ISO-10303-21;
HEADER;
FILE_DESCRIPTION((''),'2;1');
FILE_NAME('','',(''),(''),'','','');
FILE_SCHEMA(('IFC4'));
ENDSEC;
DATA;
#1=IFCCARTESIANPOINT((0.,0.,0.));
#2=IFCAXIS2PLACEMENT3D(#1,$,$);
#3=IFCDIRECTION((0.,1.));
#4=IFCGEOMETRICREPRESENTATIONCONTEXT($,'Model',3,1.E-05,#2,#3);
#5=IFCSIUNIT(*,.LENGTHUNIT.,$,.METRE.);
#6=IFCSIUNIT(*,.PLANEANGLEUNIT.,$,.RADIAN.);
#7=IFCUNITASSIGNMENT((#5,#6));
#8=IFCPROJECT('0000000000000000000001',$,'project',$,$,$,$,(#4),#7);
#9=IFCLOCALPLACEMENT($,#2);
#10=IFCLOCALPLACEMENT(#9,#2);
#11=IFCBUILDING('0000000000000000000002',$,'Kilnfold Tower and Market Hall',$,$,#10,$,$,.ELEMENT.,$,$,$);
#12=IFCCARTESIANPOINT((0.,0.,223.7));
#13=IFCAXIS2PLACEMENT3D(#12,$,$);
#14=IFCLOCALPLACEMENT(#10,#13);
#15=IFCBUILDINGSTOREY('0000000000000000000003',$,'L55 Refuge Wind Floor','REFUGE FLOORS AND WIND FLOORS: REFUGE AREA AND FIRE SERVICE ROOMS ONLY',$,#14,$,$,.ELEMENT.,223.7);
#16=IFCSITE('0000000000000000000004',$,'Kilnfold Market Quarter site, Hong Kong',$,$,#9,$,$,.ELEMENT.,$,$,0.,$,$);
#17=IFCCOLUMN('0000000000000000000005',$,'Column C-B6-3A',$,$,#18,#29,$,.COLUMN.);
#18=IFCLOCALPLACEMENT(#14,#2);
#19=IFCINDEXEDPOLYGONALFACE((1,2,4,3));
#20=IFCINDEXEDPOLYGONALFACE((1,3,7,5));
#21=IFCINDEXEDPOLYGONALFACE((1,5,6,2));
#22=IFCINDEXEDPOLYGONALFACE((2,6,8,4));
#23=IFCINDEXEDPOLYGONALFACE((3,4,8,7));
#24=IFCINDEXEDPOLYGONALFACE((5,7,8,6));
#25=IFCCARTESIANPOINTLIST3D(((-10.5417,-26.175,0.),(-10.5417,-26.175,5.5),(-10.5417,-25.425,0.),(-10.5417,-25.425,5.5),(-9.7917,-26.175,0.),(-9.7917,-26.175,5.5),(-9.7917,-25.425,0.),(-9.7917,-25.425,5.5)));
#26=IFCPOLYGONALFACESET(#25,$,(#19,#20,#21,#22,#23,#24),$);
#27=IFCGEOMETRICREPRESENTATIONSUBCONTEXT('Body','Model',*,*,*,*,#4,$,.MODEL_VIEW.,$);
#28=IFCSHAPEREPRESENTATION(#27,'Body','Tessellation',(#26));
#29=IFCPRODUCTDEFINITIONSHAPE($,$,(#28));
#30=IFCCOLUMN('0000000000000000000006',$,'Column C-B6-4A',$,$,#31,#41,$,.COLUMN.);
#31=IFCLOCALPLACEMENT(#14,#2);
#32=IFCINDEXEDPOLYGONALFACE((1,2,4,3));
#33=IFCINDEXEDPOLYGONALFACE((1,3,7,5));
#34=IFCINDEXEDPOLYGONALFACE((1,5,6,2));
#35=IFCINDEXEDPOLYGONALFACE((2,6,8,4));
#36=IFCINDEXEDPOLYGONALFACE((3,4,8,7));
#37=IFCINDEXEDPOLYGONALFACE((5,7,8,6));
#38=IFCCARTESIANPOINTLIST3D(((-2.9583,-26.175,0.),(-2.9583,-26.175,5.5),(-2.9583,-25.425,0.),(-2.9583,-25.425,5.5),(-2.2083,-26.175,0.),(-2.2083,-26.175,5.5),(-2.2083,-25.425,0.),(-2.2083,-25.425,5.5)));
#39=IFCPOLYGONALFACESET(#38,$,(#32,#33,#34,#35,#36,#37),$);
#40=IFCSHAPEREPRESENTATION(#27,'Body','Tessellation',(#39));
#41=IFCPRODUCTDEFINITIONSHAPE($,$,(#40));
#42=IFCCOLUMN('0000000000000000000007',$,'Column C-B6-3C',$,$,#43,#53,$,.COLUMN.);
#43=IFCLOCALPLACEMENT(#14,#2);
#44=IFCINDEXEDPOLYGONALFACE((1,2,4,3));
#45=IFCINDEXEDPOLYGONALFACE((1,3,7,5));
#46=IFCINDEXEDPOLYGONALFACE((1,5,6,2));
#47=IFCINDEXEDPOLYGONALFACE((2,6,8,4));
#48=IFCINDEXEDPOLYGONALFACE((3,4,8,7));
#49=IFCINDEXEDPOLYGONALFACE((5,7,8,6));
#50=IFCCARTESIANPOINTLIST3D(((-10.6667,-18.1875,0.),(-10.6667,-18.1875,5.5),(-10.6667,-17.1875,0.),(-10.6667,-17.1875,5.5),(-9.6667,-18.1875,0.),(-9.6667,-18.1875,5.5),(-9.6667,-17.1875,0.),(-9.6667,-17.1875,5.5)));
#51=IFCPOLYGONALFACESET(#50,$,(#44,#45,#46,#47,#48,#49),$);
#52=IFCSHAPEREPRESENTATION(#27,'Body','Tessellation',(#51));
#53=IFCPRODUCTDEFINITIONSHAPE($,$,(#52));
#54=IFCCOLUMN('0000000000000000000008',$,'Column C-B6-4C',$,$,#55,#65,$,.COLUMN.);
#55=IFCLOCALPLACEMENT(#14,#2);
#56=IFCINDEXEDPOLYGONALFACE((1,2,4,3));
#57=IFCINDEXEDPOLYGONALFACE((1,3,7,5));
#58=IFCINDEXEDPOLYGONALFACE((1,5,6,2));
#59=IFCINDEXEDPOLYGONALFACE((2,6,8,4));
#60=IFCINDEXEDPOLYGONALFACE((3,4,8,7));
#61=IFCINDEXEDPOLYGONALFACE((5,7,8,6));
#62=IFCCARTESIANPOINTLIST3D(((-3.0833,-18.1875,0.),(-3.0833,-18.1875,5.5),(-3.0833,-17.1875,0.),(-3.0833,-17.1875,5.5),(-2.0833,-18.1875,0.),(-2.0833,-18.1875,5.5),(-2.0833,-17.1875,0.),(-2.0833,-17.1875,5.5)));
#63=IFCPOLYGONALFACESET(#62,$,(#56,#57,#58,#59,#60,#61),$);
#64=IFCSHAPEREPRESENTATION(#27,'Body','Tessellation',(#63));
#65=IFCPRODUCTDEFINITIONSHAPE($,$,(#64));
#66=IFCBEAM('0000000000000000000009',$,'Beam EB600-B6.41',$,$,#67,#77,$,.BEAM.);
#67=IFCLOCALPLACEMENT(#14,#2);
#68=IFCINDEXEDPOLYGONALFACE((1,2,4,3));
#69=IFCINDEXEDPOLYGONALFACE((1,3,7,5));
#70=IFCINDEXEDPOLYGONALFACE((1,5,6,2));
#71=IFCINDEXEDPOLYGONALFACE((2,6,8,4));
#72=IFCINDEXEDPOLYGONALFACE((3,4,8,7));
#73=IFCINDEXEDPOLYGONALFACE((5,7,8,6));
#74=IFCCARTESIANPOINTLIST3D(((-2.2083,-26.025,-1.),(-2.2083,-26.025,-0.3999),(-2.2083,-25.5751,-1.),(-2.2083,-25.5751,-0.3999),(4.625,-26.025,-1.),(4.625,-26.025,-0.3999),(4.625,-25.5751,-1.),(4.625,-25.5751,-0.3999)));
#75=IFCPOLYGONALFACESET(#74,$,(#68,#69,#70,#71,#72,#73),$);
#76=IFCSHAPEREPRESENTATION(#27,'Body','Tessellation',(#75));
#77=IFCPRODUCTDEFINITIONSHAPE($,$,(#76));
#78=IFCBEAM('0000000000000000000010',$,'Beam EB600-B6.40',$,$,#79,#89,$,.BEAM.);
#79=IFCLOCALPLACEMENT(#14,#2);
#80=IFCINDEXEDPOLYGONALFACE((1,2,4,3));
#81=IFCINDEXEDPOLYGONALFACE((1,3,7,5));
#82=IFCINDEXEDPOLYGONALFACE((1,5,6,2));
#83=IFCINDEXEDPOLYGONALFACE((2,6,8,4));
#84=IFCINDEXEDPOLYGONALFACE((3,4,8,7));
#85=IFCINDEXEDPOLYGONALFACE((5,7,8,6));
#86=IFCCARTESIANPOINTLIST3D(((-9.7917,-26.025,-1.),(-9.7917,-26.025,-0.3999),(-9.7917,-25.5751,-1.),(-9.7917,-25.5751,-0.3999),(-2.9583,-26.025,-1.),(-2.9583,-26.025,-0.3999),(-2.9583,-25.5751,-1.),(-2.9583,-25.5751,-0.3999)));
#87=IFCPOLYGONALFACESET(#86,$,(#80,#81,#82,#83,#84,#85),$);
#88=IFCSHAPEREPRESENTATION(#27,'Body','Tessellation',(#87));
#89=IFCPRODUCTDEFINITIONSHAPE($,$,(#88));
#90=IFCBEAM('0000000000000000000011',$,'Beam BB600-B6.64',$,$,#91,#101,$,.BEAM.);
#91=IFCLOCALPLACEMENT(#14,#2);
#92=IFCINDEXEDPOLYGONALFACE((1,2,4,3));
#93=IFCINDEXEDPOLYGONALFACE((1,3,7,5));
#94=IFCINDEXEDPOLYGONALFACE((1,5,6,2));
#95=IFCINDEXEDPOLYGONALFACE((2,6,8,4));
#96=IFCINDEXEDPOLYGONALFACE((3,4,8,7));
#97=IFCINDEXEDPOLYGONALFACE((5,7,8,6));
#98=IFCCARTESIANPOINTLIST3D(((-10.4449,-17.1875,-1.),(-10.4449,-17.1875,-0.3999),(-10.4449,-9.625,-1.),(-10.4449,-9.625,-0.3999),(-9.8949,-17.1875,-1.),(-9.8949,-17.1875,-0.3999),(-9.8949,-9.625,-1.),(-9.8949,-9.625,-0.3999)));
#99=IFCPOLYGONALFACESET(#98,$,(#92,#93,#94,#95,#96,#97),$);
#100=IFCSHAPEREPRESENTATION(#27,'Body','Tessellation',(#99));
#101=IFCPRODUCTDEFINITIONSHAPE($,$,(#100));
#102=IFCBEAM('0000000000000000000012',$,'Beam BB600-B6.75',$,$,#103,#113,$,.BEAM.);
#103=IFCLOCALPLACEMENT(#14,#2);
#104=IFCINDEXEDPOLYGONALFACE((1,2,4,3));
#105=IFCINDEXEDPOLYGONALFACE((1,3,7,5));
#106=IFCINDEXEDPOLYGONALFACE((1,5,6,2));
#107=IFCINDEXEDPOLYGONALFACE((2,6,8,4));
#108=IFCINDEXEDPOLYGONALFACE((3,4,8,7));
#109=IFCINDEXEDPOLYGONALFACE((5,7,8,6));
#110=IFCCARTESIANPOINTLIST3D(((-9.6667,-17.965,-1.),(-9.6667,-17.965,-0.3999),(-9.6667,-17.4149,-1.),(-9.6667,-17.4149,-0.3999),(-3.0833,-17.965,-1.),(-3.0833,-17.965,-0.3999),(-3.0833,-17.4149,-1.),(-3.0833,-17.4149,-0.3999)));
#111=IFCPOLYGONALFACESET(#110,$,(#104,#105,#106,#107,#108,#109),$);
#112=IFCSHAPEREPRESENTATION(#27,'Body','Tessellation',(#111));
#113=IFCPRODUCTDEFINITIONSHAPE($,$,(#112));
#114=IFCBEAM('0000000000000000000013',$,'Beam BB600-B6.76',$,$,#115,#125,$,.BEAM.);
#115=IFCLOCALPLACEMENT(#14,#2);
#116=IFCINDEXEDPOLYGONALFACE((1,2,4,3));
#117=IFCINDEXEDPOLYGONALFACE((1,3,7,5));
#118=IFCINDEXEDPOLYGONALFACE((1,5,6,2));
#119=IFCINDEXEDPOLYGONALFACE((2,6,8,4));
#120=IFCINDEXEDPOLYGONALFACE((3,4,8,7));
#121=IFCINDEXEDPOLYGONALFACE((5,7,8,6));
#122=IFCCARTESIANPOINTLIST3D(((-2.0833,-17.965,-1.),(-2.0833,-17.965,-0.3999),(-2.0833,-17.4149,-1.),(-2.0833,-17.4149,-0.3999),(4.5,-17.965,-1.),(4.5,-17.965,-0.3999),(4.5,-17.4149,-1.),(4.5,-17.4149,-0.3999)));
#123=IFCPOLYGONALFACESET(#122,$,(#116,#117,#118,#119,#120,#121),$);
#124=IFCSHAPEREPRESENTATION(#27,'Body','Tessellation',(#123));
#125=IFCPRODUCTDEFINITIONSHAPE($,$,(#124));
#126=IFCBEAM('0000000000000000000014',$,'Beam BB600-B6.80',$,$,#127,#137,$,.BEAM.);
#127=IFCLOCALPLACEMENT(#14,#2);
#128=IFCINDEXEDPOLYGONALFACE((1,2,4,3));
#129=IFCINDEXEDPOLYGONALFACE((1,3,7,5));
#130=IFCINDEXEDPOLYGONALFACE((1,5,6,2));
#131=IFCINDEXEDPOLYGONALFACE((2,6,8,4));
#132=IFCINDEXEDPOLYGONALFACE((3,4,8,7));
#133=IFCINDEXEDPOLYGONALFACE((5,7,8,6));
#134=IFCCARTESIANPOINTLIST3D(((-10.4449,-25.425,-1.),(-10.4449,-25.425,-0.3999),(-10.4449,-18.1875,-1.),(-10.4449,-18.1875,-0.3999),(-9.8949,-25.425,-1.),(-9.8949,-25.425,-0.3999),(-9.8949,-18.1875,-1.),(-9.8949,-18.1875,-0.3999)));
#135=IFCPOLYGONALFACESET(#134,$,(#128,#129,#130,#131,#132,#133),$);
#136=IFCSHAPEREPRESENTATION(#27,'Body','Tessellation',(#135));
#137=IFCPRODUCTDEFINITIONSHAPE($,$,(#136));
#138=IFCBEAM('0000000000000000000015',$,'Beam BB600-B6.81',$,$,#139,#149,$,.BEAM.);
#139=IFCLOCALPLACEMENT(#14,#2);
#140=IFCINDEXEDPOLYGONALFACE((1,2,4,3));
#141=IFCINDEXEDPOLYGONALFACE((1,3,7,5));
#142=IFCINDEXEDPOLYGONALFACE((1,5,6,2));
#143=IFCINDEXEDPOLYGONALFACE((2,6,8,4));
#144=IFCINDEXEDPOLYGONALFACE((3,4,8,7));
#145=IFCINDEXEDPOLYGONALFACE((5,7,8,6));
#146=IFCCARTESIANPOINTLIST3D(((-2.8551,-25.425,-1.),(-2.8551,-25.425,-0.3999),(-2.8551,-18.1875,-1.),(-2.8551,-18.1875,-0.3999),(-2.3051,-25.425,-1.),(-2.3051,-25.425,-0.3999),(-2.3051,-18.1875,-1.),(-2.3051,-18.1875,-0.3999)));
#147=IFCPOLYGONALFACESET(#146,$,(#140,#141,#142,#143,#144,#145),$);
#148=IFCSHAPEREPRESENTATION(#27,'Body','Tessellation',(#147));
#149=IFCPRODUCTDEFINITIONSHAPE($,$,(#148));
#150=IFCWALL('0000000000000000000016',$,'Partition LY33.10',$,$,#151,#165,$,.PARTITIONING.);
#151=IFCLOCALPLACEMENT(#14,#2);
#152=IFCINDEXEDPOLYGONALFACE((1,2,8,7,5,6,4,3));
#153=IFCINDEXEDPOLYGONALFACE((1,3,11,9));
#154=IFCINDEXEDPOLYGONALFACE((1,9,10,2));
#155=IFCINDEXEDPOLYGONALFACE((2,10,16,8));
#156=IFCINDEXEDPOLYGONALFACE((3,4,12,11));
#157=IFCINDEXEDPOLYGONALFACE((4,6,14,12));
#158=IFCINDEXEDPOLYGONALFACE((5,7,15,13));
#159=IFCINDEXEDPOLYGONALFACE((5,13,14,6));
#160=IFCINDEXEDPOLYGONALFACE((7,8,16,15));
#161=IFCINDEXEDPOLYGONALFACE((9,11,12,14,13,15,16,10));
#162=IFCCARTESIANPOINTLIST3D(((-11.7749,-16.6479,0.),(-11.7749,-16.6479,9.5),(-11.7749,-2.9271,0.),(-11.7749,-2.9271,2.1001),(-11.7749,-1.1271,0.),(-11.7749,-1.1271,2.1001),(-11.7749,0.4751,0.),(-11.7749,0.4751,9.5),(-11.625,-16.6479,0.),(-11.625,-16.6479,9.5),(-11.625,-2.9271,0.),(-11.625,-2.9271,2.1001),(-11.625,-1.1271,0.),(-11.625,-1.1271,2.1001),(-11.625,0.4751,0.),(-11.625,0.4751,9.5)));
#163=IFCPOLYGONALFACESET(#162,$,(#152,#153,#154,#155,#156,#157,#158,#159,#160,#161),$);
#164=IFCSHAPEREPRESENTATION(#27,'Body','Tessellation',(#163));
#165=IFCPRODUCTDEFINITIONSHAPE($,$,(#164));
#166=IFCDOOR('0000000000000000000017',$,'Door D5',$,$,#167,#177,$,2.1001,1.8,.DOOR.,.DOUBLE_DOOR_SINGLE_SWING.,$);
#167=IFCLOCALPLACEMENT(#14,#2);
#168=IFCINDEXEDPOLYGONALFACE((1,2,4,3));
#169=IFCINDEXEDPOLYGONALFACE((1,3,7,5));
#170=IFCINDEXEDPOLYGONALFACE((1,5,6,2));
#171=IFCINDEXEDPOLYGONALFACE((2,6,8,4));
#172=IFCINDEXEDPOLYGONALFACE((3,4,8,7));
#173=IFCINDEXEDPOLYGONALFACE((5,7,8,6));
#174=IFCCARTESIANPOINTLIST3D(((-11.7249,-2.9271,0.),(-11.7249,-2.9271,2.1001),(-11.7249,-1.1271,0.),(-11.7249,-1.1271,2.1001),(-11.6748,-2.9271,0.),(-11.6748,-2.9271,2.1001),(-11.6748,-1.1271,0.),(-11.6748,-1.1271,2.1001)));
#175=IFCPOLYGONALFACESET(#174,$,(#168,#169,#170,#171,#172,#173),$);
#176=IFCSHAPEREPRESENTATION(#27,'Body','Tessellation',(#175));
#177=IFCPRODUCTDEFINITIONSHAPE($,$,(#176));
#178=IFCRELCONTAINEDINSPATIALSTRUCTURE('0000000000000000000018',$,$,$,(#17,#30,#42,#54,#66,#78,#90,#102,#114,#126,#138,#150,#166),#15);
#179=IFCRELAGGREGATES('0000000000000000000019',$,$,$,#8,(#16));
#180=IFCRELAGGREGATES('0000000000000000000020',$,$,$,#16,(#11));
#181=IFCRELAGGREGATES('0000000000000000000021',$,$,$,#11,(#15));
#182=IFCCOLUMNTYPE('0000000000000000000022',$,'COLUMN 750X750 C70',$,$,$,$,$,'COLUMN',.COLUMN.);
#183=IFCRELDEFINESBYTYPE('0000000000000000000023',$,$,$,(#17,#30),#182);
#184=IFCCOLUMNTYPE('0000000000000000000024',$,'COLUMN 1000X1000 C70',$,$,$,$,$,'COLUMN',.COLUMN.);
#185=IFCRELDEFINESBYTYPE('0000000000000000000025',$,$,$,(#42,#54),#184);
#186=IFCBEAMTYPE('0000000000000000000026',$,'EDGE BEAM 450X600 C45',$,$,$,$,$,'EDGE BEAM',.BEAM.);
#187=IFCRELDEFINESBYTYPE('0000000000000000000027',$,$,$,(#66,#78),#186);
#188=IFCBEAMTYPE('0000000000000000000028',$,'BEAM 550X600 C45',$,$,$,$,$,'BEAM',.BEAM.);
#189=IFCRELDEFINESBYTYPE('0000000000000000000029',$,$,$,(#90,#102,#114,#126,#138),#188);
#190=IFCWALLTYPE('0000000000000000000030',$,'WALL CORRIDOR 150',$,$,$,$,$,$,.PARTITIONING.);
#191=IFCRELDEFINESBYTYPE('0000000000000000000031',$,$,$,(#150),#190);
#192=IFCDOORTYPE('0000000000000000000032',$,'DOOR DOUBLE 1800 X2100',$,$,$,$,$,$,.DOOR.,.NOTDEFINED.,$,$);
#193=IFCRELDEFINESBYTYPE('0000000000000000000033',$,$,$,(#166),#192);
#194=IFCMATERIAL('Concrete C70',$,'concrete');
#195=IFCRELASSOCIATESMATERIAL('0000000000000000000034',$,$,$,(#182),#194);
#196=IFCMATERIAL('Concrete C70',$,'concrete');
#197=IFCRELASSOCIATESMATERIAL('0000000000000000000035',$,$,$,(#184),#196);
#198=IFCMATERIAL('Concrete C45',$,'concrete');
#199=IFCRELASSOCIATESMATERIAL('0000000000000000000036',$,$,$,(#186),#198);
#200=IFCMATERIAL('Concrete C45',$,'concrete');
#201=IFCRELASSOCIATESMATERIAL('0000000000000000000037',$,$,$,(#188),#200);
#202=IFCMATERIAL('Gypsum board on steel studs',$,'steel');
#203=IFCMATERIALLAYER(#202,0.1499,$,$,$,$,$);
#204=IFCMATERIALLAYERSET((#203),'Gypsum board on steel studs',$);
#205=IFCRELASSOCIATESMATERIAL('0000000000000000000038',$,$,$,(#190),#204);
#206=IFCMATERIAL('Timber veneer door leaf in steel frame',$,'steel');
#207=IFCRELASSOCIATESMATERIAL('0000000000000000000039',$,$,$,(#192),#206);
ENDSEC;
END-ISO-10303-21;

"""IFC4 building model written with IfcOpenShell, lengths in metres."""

from ifc_helpers import new_model, si_unit, direction, frame, frame_2d, origin, origin_2d, place, context, subcontext, project, spatial, rectangle, extrude, source, transform, mapped, material, layer, layer_set, material_profile, profile_set, type_object, element, fill, save


model = new_model("IFC4")

# Units and contexts
model_context = context("Model", 3, precision=1e-05, world=origin(), true_north=direction((0.0, 1.0)))
body_context = subcontext(model_context, "Body", "Model", "MODEL_VIEW")
ifc_project = project(units=[si_unit("LENGTHUNIT", "METRE"), si_unit("PLANEANGLEUNIT", "RADIAN")], contexts=[model_context])

# Site, building, storey
site_placement = place(None, origin())
site = spatial("IfcSite", under=ifc_project, at=site_placement, Name="Kilnfold Market Quarter site, Hong Kong", CompositionType="ELEMENT", RefElevation=0.0)
building_placement = place(site_placement, origin())
building = spatial("IfcBuilding", under=site, at=building_placement, Name="Kilnfold Tower and Market Hall", CompositionType="ELEMENT")
storey_placement = place(building_placement, frame((0.0, 0.0, 223.7)))
storey = spatial("IfcBuildingStorey", under=building, at=storey_placement, Name="L55 Refuge Wind Floor", Description="REFUGE FLOORS AND WIND FLOORS: REFUGE AREA AND FIRE SERVICE ROOMS ONLY", CompositionType="ELEMENT", Elevation=223.7)

# Columns
ifc_material_1 = material(Name="Concrete C70", Category="concrete")
ifc_material_profile_1 = material_profile(ifc_material_1, rectangle(XDim=0.75, YDim=0.75, at=origin_2d()), Name="RC 750x750")
ifc_profile_set_1 = profile_set([ifc_material_profile_1], Name="Concrete C70")
column_type_1 = type_object("IfcColumnType", Name="COLUMN 750X750 C70", ElementType="COLUMN", PredefinedType="COLUMN", material=ifc_profile_set_1)
shared_shape_1 = source(origin(), body_context, "Body", "SweptSolid", [
    extrude(rectangle(XDim=0.75, YDim=0.75, at=origin_2d()), origin(), (0.0, 0.0, 1.0), 5.5),
])
for number, where, z_axis, x_axis, name in (
    (1, (-10.1667, -25.8, 0.0), (0.0, 0.0, 1.0), (1.0, 0.0, 0.0), "Column C-B6-3A"),
    (2, (-2.5833, -25.8, 0.0), (0.0, 0.0, 1.0), (1.0, 0.0, 0.0), "Column C-B6-4A"),
):
    element("IfcColumn", number, at=place(storey_placement, frame(where, z_axis=z_axis, x_axis=x_axis)), inside=storey, type_object=column_type_1, Name=name, PredefinedType="COLUMN", context=body_context, shape_type="MappedRepresentation", body=[
        mapped(shared_shape_1, transform((0.0, 0.0, 0.0))),
    ])
ifc_material_2 = material(Name="Concrete C70", Category="concrete")
ifc_material_profile_2 = material_profile(ifc_material_2, rectangle(XDim=1.0, YDim=1.0, at=origin_2d()), Name="RC 1000x1000")
ifc_profile_set_2 = profile_set([ifc_material_profile_2], Name="Concrete C70")
column_type_2 = type_object("IfcColumnType", Name="COLUMN 1000X1000 C70", ElementType="COLUMN", PredefinedType="COLUMN", material=ifc_profile_set_2)
shared_shape_2 = source(origin(), body_context, "Body", "SweptSolid", [
    extrude(rectangle(XDim=1.0, YDim=1.0, at=origin_2d()), origin(), (0.0, 0.0, 1.0), 5.5),
])
for number, where, z_axis, x_axis, name in (
    (3, (-10.1667, -17.6875, 0.0), (0.0, 0.0, 1.0), (1.0, 0.0, 0.0), "Column C-B6-3C"),
    (4, (-2.5833, -17.6875, 0.0), (0.0, 0.0, 1.0), (1.0, 0.0, 0.0), "Column C-B6-4C"),
):
    element("IfcColumn", number, at=place(storey_placement, frame(where, z_axis=z_axis, x_axis=x_axis)), inside=storey, type_object=column_type_2, Name=name, PredefinedType="COLUMN", context=body_context, shape_type="MappedRepresentation", body=[
        mapped(shared_shape_2, transform((0.0, 0.0, 0.0))),
    ])

# Beams
ifc_material_3 = material(Name="Concrete C45", Category="concrete")
ifc_material_profile_3 = material_profile(ifc_material_3, rectangle(XDim=0.45, YDim=0.6001, at=origin_2d()), Name="RC 450x600")
ifc_profile_set_3 = profile_set([ifc_material_profile_3], Name="Concrete C45")
beam_type_1 = type_object("IfcBeamType", Name="EDGE BEAM 450X600 C45", ElementType="EDGE BEAM", PredefinedType="BEAM", material=ifc_profile_set_3)
shared_shape_3 = source(origin(), body_context, "Body", "SweptSolid", [
    extrude(rectangle(XDim=0.45, YDim=0.6001, at=origin_2d()), origin(), (0.0, 0.0, 1.0), 6.8333),
])
beam_1_placement = place(storey_placement, frame((-2.2083, -25.8, -0.7), z_axis=(1.0, 0.0, 0.0), x_axis=(0.0, 1.0, 0.0)))
element("IfcBeam", 5, at=beam_1_placement, inside=storey, type_object=beam_type_1, Name="Beam EB600-B6.41", PredefinedType="BEAM", context=body_context, shape_type="MappedRepresentation", body=[
    mapped(shared_shape_3, transform((0.0, 0.0, 0.0))),
])
shared_shape_4 = source(origin(), body_context, "Body", "SweptSolid", [
    extrude(rectangle(XDim=0.45, YDim=0.6001, at=origin_2d()), origin(), (0.0, 0.0, 1.0), 6.8335),
])
beam_2_placement = place(storey_placement, frame((-9.7917, -25.8, -0.7), z_axis=(1.0, 0.0, 0.0), x_axis=(0.0, 1.0, 0.0)))
element("IfcBeam", 6, at=beam_2_placement, inside=storey, type_object=beam_type_1, Name="Beam EB600-B6.40", PredefinedType="BEAM", context=body_context, shape_type="MappedRepresentation", body=[
    mapped(shared_shape_4, transform((0.0, 0.0, 0.0))),
])
ifc_material_4 = material(Name="Concrete C45", Category="concrete")
ifc_material_profile_4 = material_profile(ifc_material_4, rectangle(XDim=0.55, YDim=0.6001, at=origin_2d()), Name="RC 550x600")
ifc_profile_set_4 = profile_set([ifc_material_profile_4], Name="Concrete C45")
beam_type_2 = type_object("IfcBeamType", Name="BEAM 550X600 C45", ElementType="BEAM", PredefinedType="BEAM", material=ifc_profile_set_4)
shared_shape_5 = source(origin(), body_context, "Body", "SweptSolid", [
    extrude(rectangle(XDim=0.55, YDim=0.6001, at=origin_2d()), origin(), (0.0, 0.0, 1.0), 7.5625),
])
beam_3_placement = place(storey_placement, frame((-10.1699, -17.1875, -0.7), z_axis=(0.0, 1.0, 0.0), x_axis=(-1.0, 0.0, 0.0)))
element("IfcBeam", 7, at=beam_3_placement, inside=storey, type_object=beam_type_2, Name="Beam BB600-B6.64", PredefinedType="BEAM", context=body_context, shape_type="MappedRepresentation", body=[
    mapped(shared_shape_5, transform((0.0, 0.0, 0.0))),
])
shared_shape_6 = source(origin(), body_context, "Body", "SweptSolid", [
    extrude(rectangle(XDim=0.55, YDim=0.6001, at=origin_2d()), origin(), (0.0, 0.0, 1.0), 6.5835),
])
beam_4_placement = place(storey_placement, frame((-9.6667, -17.6899, -0.7), z_axis=(1.0, 0.0, 0.0), x_axis=(0.0, 1.0, 0.0)))
element("IfcBeam", 8, at=beam_4_placement, inside=storey, type_object=beam_type_2, Name="Beam BB600-B6.75", PredefinedType="BEAM", context=body_context, shape_type="MappedRepresentation", body=[
    mapped(shared_shape_6, transform((0.0, 0.0, 0.0))),
])
shared_shape_7 = source(origin(), body_context, "Body", "SweptSolid", [
    extrude(rectangle(XDim=0.55, YDim=0.6001, at=origin_2d()), origin(), (0.0, 0.0, 1.0), 6.5833),
])
beam_5_placement = place(storey_placement, frame((-2.0833, -17.6899, -0.7), z_axis=(1.0, 0.0, 0.0), x_axis=(0.0, 1.0, 0.0)))
element("IfcBeam", 9, at=beam_5_placement, inside=storey, type_object=beam_type_2, Name="Beam BB600-B6.76", PredefinedType="BEAM", context=body_context, shape_type="MappedRepresentation", body=[
    mapped(shared_shape_7, transform((0.0, 0.0, 0.0))),
])
shared_shape_8 = source(origin(), body_context, "Body", "SweptSolid", [
    extrude(rectangle(XDim=0.55, YDim=0.6001, at=origin_2d()), origin(), (0.0, 0.0, 1.0), 7.2375),
])
for number, where, z_axis, x_axis, name in (
    (10, (-10.1699, -25.425, -0.7), (0.0, 1.0, 0.0), (-1.0, 0.0, 0.0), "Beam BB600-B6.80"),
    (11, (-2.5801, -25.425, -0.7), (0.0, 1.0, 0.0), (-1.0, 0.0, 0.0), "Beam BB600-B6.81"),
):
    element("IfcBeam", number, at=place(storey_placement, frame(where, z_axis=z_axis, x_axis=x_axis)), inside=storey, type_object=beam_type_2, Name=name, PredefinedType="BEAM", context=body_context, shape_type="MappedRepresentation", body=[
        mapped(shared_shape_8, transform((0.0, 0.0, 0.0))),
    ])

# Wall, opening, door
ifc_material_5 = material(Name="Gypsum board on steel studs", Category="steel")
ifc_layer_1 = layer(ifc_material_5, 0.1499)
ifc_layer_set_1 = layer_set([ifc_layer_1], Name="Gypsum board on steel studs")
wall_type_1 = type_object("IfcWallType", Name="WALL CORRIDOR 150", PredefinedType="PARTITIONING", material=ifc_layer_set_1)
wall_1_placement = place(storey_placement, frame((-11.7, -16.6479, 0.0), z_axis=(0.0, 0.0, 1.0), x_axis=(0.0, 1.0, 0.0)))
wall_1 = element("IfcWall", 12, at=wall_1_placement, inside=storey, type_object=wall_type_1, Name="Partition LY33.10", PredefinedType="PARTITIONING", context=body_context, shape_type="SweptSolid", body=[
    extrude(rectangle(XDim=17.123, YDim=0.1499, at=frame_2d((8.5615, 0.0))), origin(), (0.0, 0.0, 1.0), 9.5),
])
opening_placement = place(wall_1_placement, frame((13.7209, 0.0, 0.0)))
opening = element("IfcOpeningElement", 13, at=opening_placement, cuts=wall_1, PredefinedType="OPENING", context=body_context, shape_type="SweptSolid", body=[
    extrude(rectangle(XDim=1.8, YDim=2.1001, at=frame_2d((0.8999, 1.05))), frame((0.0, 0.085, 0.0), z_axis=(0.0, -1.0, 0.0), x_axis=(1.0, 0.0, 0.0)), (0.0, 0.0, 1.0), 0.1699),
])
ifc_material_6 = material(Name="Timber veneer door leaf in steel frame", Category="steel")
door_type = type_object("IfcDoorType", Name="DOOR DOUBLE 1800 X2100", OperationType="NOTDEFINED", PredefinedType="DOOR", material=ifc_material_6)
door_placement = place(opening_placement, origin())
door = element("IfcDoor", 14, at=door_placement, inside=storey, type_object=door_type, Name="Door D5", OperationType="DOUBLE_DOOR_SINGLE_SWING", OverallHeight=2.1001, OverallWidth=1.8, PredefinedType="DOOR", context=body_context, shape_type="SweptSolid", body=[
    extrude(rectangle(XDim=1.8, YDim=2.1001, at=frame_2d((0.8999, 1.05))), frame((0.0, 0.0249, 0.0), z_axis=(0.0, -1.0, 0.0), x_axis=(1.0, 0.0, 0.0)), (0.0, 0.0, 1.0), 0.05),
])
fill(opening, door)

save(model, "model.ifc")
